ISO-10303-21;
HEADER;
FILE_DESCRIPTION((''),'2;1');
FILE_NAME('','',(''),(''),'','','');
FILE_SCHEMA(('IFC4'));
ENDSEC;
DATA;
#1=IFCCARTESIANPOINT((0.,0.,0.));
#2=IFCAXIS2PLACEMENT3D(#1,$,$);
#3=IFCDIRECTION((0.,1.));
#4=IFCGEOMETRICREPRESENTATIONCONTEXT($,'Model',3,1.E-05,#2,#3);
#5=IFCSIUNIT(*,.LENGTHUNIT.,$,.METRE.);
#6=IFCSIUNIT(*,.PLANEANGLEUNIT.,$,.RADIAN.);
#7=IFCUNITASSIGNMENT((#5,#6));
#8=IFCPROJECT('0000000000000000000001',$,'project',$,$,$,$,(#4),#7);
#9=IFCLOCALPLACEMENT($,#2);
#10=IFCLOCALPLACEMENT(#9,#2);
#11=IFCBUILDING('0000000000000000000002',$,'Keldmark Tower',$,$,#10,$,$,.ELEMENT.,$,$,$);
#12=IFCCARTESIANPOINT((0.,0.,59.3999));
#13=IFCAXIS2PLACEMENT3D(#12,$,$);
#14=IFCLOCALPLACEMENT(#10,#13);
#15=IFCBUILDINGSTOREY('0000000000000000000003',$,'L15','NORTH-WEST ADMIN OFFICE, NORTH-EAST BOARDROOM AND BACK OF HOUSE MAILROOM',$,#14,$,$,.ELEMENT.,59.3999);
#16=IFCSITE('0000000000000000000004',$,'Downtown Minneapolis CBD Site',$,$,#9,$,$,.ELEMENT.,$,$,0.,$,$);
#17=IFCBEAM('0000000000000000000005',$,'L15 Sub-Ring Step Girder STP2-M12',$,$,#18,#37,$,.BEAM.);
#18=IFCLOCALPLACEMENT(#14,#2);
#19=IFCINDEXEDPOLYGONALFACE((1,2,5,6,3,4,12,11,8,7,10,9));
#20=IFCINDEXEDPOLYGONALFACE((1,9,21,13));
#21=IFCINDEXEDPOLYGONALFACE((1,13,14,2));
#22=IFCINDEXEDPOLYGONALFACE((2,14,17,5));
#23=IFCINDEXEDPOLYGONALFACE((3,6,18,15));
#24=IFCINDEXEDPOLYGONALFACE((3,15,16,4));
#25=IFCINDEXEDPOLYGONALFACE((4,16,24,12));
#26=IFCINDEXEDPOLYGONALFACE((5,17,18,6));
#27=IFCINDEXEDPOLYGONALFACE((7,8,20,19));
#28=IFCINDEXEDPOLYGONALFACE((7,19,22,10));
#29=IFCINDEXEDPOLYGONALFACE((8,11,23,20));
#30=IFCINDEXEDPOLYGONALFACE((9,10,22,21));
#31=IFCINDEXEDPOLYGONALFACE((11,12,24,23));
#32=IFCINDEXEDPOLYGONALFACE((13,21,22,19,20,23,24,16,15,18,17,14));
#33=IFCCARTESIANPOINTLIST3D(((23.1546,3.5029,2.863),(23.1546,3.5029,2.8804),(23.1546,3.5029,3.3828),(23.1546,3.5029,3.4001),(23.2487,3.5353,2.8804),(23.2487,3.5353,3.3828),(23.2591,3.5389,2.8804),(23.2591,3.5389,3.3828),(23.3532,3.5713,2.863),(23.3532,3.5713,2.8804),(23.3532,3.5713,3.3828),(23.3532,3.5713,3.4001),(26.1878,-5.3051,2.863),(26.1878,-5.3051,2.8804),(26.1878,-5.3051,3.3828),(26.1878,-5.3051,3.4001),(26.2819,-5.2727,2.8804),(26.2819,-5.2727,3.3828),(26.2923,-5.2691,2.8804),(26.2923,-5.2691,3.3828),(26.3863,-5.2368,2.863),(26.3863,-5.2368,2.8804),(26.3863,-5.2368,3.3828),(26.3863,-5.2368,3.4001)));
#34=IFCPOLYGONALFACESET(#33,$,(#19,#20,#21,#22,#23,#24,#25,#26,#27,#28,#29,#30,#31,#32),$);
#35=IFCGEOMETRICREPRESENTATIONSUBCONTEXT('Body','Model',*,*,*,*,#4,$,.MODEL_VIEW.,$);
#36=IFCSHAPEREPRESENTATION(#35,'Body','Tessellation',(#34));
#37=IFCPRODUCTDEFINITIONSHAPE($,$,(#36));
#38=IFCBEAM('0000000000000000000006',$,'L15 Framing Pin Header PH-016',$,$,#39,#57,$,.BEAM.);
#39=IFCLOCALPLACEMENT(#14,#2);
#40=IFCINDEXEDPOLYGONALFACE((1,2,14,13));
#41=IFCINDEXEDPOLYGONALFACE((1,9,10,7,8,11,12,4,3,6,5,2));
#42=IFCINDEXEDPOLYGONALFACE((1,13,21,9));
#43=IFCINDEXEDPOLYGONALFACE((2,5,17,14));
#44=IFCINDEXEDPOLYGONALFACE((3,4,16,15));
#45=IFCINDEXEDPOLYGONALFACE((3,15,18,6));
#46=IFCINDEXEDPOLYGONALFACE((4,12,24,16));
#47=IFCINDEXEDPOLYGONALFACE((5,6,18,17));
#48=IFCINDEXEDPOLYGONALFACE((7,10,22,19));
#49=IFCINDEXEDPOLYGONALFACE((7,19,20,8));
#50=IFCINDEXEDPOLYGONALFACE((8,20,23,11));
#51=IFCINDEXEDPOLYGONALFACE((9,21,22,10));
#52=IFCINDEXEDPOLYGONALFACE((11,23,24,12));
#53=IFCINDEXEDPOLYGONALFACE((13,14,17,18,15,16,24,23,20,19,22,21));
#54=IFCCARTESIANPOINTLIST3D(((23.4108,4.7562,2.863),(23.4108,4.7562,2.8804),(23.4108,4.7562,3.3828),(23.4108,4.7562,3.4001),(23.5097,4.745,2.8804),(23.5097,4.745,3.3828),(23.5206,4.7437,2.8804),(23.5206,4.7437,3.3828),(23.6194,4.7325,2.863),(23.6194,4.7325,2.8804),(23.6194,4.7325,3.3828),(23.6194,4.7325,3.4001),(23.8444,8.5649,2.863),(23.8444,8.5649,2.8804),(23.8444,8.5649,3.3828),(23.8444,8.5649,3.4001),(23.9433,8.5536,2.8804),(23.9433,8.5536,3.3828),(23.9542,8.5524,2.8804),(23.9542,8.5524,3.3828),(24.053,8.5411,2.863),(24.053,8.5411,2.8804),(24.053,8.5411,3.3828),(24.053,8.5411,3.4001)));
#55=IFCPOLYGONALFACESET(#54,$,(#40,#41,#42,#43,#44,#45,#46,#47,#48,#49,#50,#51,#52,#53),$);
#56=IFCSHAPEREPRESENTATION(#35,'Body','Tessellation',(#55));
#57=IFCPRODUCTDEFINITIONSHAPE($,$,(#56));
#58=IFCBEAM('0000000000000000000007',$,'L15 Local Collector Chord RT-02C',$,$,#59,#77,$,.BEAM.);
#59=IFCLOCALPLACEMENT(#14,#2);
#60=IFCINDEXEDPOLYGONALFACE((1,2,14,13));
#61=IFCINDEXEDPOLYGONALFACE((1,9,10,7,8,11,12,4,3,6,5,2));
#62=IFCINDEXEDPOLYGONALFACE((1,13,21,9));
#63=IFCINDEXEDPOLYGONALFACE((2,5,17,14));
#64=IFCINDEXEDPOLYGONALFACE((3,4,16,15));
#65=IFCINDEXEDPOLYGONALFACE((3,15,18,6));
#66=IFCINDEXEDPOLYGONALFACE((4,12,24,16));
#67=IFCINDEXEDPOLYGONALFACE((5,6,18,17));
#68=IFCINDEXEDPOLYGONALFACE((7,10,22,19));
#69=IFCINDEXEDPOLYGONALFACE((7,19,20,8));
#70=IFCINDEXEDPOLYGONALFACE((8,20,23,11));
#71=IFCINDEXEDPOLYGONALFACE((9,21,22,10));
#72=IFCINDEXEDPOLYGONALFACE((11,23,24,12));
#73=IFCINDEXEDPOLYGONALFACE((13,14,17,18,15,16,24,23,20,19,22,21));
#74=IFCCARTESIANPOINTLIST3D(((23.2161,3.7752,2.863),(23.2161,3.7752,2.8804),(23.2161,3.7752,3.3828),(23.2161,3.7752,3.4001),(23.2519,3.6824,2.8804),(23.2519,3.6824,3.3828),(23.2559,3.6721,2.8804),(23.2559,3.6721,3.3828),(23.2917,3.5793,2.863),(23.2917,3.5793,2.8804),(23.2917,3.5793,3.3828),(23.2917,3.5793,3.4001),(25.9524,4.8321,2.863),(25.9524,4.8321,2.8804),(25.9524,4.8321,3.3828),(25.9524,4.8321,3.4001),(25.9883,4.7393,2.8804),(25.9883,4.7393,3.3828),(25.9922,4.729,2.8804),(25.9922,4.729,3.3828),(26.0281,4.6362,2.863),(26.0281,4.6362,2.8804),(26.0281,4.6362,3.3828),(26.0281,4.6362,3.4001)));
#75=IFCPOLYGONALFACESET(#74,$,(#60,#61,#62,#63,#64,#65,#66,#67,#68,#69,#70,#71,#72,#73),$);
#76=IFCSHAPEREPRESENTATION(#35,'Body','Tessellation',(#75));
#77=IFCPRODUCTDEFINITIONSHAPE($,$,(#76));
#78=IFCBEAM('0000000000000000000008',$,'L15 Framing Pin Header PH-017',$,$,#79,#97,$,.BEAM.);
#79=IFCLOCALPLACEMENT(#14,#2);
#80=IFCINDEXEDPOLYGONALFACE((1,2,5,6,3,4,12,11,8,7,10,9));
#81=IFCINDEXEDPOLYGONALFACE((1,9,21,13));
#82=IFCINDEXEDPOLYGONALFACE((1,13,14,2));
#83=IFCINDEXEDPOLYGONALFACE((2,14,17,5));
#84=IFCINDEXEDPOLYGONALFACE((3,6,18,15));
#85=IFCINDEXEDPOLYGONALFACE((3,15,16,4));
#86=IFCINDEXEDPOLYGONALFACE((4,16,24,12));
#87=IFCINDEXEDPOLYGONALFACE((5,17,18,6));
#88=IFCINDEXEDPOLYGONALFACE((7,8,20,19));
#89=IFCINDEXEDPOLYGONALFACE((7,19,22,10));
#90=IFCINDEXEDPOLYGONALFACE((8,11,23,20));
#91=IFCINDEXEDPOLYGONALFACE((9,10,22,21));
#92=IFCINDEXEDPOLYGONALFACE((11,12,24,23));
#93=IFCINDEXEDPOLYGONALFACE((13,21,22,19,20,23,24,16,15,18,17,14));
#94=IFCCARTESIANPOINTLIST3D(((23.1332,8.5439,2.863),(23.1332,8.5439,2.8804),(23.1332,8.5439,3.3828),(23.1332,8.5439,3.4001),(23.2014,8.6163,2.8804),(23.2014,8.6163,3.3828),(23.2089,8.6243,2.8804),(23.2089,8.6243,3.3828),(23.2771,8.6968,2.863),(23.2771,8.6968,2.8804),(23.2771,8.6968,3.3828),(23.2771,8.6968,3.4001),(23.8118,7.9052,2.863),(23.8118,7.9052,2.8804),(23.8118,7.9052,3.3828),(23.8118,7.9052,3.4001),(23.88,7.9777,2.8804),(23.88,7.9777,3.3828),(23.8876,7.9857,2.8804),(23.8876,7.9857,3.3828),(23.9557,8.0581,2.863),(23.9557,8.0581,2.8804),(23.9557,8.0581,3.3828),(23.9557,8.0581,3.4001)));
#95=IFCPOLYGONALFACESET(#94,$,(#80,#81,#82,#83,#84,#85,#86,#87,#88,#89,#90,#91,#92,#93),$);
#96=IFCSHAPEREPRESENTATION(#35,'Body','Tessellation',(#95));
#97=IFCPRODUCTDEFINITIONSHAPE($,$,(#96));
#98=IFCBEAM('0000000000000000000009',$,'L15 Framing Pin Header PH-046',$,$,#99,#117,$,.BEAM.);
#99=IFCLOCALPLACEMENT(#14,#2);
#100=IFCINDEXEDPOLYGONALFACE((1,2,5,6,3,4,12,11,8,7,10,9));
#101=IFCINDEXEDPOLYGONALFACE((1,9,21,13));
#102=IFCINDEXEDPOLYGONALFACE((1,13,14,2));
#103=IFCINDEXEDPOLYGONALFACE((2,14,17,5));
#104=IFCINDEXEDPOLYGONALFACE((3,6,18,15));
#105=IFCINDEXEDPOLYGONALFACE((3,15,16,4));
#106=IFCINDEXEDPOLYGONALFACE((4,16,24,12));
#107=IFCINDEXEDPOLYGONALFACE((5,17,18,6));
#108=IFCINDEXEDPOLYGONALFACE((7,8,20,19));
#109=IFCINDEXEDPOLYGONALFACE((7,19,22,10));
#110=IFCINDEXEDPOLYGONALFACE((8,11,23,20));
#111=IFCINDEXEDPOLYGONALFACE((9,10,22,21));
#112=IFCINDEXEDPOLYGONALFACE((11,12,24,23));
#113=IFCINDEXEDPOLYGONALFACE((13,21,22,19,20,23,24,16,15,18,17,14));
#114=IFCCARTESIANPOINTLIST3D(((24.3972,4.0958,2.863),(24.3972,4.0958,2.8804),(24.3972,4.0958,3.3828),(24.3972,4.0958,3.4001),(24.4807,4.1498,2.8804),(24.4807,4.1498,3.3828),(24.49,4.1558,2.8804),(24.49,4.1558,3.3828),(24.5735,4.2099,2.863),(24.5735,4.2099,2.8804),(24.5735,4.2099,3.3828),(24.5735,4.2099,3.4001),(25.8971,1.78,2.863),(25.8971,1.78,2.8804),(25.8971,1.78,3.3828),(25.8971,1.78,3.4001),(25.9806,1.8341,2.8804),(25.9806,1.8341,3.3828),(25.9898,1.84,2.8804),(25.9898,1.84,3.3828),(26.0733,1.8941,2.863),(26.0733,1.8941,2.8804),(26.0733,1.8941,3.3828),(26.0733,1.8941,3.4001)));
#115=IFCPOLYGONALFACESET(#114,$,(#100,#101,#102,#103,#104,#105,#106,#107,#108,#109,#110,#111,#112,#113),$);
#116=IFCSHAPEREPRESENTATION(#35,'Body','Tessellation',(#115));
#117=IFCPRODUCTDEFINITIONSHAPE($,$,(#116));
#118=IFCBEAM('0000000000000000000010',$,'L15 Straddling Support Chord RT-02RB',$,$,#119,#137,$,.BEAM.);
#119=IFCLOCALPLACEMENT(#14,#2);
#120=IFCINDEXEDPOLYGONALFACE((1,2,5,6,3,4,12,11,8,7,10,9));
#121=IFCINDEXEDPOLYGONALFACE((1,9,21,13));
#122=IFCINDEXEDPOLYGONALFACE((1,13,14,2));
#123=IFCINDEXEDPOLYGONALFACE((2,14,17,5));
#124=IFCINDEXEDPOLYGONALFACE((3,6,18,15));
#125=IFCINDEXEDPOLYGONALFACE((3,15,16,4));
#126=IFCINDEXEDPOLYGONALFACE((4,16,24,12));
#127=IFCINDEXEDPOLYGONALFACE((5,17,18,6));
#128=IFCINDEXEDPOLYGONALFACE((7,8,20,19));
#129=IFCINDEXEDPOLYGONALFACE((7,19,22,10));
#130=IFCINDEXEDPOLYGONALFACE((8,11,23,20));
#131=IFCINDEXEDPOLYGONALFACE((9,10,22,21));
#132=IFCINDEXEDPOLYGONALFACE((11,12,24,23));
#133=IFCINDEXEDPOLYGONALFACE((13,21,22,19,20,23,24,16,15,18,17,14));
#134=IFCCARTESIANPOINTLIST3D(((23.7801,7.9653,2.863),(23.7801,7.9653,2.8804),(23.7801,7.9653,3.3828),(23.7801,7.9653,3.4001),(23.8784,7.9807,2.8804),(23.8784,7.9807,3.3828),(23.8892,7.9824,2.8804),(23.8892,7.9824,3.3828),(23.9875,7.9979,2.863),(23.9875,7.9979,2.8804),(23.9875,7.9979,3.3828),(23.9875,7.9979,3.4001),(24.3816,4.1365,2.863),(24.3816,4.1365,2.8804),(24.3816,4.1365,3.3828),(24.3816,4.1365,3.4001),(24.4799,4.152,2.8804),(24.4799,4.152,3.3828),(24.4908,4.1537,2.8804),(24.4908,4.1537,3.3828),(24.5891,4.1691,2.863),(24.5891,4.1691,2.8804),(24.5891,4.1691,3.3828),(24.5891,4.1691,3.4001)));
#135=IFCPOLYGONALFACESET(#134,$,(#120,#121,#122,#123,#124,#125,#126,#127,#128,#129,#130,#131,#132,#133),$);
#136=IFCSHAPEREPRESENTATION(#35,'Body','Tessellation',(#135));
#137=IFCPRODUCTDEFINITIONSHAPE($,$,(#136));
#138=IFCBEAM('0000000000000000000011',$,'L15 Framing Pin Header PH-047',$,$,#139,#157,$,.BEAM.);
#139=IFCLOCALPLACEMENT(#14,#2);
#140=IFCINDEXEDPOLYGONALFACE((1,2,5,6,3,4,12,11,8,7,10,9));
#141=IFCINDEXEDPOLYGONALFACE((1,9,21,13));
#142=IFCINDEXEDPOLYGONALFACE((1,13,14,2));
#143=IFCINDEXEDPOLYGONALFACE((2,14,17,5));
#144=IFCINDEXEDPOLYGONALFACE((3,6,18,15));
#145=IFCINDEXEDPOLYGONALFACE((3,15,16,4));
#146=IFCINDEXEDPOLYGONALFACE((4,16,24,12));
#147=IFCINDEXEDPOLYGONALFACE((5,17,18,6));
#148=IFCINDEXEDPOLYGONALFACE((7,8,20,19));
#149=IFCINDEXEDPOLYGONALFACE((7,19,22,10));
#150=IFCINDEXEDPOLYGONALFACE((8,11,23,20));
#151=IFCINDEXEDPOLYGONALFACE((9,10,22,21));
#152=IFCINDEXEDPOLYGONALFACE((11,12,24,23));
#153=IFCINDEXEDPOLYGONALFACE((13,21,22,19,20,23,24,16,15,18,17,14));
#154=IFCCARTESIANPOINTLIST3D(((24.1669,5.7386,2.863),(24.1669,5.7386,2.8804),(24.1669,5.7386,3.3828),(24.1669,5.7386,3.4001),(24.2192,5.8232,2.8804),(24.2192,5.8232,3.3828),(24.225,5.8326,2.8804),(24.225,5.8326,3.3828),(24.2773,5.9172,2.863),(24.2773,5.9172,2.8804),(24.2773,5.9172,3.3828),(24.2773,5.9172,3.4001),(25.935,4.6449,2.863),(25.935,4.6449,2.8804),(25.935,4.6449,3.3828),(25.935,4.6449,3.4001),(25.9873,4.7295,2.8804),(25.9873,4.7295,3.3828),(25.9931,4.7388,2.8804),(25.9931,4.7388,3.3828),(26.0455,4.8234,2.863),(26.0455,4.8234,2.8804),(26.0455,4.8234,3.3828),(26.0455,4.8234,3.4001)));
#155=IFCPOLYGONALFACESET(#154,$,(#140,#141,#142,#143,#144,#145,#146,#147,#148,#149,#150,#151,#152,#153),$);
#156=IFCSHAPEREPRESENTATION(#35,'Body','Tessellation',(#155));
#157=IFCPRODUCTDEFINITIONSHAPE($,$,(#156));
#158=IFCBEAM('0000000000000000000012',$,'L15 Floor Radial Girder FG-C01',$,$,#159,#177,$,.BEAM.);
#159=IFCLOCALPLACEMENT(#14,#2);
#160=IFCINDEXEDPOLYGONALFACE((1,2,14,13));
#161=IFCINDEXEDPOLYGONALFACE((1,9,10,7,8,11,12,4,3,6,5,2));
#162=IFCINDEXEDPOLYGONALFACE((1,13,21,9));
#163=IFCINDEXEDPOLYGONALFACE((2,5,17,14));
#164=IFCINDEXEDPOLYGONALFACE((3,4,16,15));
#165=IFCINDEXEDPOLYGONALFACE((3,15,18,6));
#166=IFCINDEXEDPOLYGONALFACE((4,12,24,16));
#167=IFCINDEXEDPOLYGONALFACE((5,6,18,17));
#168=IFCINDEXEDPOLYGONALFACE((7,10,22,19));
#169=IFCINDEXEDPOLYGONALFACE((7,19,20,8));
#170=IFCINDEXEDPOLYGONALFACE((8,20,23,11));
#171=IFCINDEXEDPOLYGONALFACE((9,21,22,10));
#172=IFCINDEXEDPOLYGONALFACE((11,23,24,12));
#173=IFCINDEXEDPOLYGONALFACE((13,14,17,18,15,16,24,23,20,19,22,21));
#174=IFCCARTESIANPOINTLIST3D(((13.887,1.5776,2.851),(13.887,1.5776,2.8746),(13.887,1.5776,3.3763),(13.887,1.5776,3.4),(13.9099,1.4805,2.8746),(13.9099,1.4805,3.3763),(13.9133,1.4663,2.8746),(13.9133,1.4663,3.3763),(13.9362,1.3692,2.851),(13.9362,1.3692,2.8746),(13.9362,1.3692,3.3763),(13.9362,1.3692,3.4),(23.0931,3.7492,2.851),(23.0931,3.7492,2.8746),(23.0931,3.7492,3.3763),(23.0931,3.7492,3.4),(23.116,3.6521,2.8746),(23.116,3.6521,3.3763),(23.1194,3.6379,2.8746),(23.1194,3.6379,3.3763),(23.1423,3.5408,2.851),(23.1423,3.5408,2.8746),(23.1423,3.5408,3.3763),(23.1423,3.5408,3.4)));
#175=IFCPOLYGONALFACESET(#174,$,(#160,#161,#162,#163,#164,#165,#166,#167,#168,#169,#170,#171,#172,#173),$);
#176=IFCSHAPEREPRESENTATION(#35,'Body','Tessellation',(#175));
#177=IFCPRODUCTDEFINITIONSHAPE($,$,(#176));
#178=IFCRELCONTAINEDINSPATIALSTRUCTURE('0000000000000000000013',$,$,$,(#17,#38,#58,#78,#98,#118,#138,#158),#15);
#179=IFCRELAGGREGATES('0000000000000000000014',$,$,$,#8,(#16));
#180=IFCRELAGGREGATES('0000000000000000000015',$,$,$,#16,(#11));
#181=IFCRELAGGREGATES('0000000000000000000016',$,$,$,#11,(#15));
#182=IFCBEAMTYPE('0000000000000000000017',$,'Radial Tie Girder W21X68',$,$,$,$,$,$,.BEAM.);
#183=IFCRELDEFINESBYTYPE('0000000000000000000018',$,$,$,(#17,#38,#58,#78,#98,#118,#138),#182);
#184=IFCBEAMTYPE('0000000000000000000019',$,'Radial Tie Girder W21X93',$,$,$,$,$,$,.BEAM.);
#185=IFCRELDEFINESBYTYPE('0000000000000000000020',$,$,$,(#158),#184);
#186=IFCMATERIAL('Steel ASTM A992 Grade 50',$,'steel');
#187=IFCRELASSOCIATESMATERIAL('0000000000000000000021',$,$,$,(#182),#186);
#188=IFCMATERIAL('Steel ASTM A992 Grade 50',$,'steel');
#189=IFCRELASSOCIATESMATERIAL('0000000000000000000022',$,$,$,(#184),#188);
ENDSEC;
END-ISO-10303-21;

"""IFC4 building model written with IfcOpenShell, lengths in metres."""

from ifc_helpers import new_model, si_unit, direction, frame, origin, origin_2d, place, context, subcontext, project, spatial, i_section, extrude, material, material_profile, profile_set, type_object, element, save


model = new_model("IFC4")

# Units and contexts
model_context = context("Model", 3, precision=1e-05, world=origin(), true_north=direction((0.0, 1.0)))
body_context = subcontext(model_context, "Body", "Model", "MODEL_VIEW")
ifc_project = project(units=[si_unit("LENGTHUNIT", "METRE"), si_unit("PLANEANGLEUNIT", "RADIAN")], contexts=[model_context])

# Site, building, storey
site_placement = place(None, origin())
site = spatial("IfcSite", under=ifc_project, at=site_placement, Name="Downtown Minneapolis CBD Site", CompositionType="ELEMENT", RefElevation=0.0)
building_placement = place(site_placement, origin())
building = spatial("IfcBuilding", under=site, at=building_placement, Name="Keldmark Tower", CompositionType="ELEMENT")
storey_placement = place(building_placement, frame((0.0, 0.0, 59.3999)))
storey = spatial("IfcBuildingStorey", under=building, at=storey_placement, Name="L15", Description="NORTH-WEST ADMIN OFFICE, NORTH-EAST BOARDROOM AND BACK OF HOUSE MAILROOM", CompositionType="ELEMENT", Elevation=59.3999)

# Beams
ifc_material_1 = material(Name="Steel ASTM A992 Grade 50", Category="steel")
ifc_material_profile_1 = material_profile(ifc_material_1, i_section(OverallWidth=0.21, OverallDepth=0.5371, WebThickness=0.011, FlangeThickness=0.0173, at=origin_2d()), Name="W21X68")
ifc_profile_set_1 = profile_set([ifc_material_profile_1], Name="Steel ASTM A992 Grade 50")
beam_type_1 = type_object("IfcBeamType", Name="Radial Tie Girder W21X68", PredefinedType="BEAM", material=ifc_profile_set_1)
beam_1_placement = place(storey_placement, frame((23.2539, 3.5371, 3.1316), z_axis=(0.3256, -0.945508, 0.0), x_axis=(0.945508, 0.3256, 0.0)))
element("IfcBeam", 1, at=beam_1_placement, inside=storey, type_object=beam_type_1, Name="L15 Sub-Ring Step Girder STP2-M12", PredefinedType="BEAM", context=body_context, shape_type="SweptSolid", body=[
    extrude(i_section(OverallWidth=0.21, OverallDepth=0.5371, WebThickness=0.011, FlangeThickness=0.0173, at=origin_2d()), origin(), (0.0, 0.0, 1.0), 9.3157),
])
beam_2_placement = place(storey_placement, frame((23.9487, 8.553, 3.1316), z_axis=(-0.113115, -0.993582, 0.0), x_axis=(0.993582, -0.113115, 0.0)))
element("IfcBeam", 2, at=beam_2_placement, inside=storey, type_object=beam_type_1, Name="L15 Framing Pin Header PH-016", PredefinedType="BEAM", context=body_context, shape_type="SweptSolid", body=[
    extrude(i_section(OverallWidth=0.21, OverallDepth=0.5371, WebThickness=0.011, FlangeThickness=0.0173, at=origin_2d()), origin(), (0.0, 0.0, 1.0), 3.8333),
])
beam_3_placement = place(storey_placement, frame((23.2539, 3.6772, 3.1316), z_axis=(0.932836, 0.360301, 0.0), x_axis=(-0.360301, 0.932836, 0.0)))
element("IfcBeam", 3, at=beam_3_placement, inside=storey, type_object=beam_type_1, Name="L15 Local Collector Chord RT-02C", PredefinedType="BEAM", context=body_context, shape_type="SweptSolid", body=[
    extrude(i_section(OverallWidth=0.21, OverallDepth=0.5371, WebThickness=0.011, FlangeThickness=0.0173, at=origin_2d()), origin(), (0.0, 0.0, 1.0), 2.9333),
])
beam_4_placement = place(storey_placement, frame((23.8838, 7.9817, 3.1316), z_axis=(-0.728262, 0.685299, 0.0), x_axis=(-0.685299, -0.728262, 0.0)))
element("IfcBeam", 4, at=beam_4_placement, inside=storey, type_object=beam_type_1, Name="L15 Framing Pin Header PH-017", PredefinedType="BEAM", context=body_context, shape_type="SweptSolid", body=[
    extrude(i_section(OverallWidth=0.21, OverallDepth=0.5371, WebThickness=0.011, FlangeThickness=0.0173, at=origin_2d()), origin(), (0.0, 0.0, 1.0), 0.9319),
])
beam_5_placement = place(storey_placement, frame((24.4854, 4.1528, 3.1316), z_axis=(0.543603, -0.839342, 0.0), x_axis=(0.839342, 0.543603, 0.0)))
element("IfcBeam", 5, at=beam_5_placement, inside=storey, type_object=beam_type_1, Name="L15 Framing Pin Header PH-046", PredefinedType="BEAM", context=body_context, shape_type="SweptSolid", body=[
    extrude(i_section(OverallWidth=0.21, OverallDepth=0.5371, WebThickness=0.011, FlangeThickness=0.0173, at=origin_2d()), origin(), (0.0, 0.0, 1.0), 2.759),
])
beam_6_placement = place(storey_placement, frame((24.4854, 4.1528, 3.1316), z_axis=(-0.155209, 0.987882, 0.0), x_axis=(-0.987882, -0.155209, 0.0)))
element("IfcBeam", 6, at=beam_6_placement, inside=storey, type_object=beam_type_1, Name="L15 Straddling Support Chord RT-02RB", PredefinedType="BEAM", context=body_context, shape_type="SweptSolid", body=[
    extrude(i_section(OverallWidth=0.21, OverallDepth=0.5371, WebThickness=0.011, FlangeThickness=0.0173, at=origin_2d()), origin(), (0.0, 0.0, 1.0), 3.8757),
])
beam_7_placement = place(storey_placement, frame((25.9902, 4.7341, 3.1316), z_axis=(-0.85043, 0.526088, 0.0), x_axis=(-0.526088, -0.85043, 0.0)))
element("IfcBeam", 7, at=beam_7_placement, inside=storey, type_object=beam_type_1, Name="L15 Framing Pin Header PH-047", PredefinedType="BEAM", context=body_context, shape_type="SweptSolid", body=[
    extrude(i_section(OverallWidth=0.21, OverallDepth=0.5371, WebThickness=0.011, FlangeThickness=0.0173, at=origin_2d()), origin(), (0.0, 0.0, 1.0), 2.0791),
])
ifc_material_2 = material(Name="Steel ASTM A992 Grade 50", Category="steel")
ifc_material_profile_2 = material_profile(ifc_material_2, i_section(OverallWidth=0.2141, OverallDepth=0.5491, WebThickness=0.0146, FlangeThickness=0.0237, at=origin_2d()), Name="W21X93")
ifc_profile_set_2 = profile_set([ifc_material_profile_2], Name="Steel ASTM A992 Grade 50")
beam_type_2 = type_object("IfcBeamType", Name="Radial Tie Girder W21X93", PredefinedType="BEAM", material=ifc_profile_set_2)
beam_8_placement = place(storey_placement, frame((23.1177, 3.645, 3.1255), z_axis=(-0.973287, -0.22959, 0.0), x_axis=(0.22959, -0.973287, 0.0)))
element("IfcBeam", 8, at=beam_8_placement, inside=storey, type_object=beam_type_2, Name="L15 Floor Radial Girder FG-C01", PredefinedType="BEAM", context=body_context, shape_type="SweptSolid", body=[
    extrude(i_section(OverallWidth=0.2141, OverallDepth=0.5491, WebThickness=0.0146, FlangeThickness=0.0237, at=origin_2d()), origin(), (0.0, 0.0, 1.0), 9.4587),
])

save(model, "model.ifc")
